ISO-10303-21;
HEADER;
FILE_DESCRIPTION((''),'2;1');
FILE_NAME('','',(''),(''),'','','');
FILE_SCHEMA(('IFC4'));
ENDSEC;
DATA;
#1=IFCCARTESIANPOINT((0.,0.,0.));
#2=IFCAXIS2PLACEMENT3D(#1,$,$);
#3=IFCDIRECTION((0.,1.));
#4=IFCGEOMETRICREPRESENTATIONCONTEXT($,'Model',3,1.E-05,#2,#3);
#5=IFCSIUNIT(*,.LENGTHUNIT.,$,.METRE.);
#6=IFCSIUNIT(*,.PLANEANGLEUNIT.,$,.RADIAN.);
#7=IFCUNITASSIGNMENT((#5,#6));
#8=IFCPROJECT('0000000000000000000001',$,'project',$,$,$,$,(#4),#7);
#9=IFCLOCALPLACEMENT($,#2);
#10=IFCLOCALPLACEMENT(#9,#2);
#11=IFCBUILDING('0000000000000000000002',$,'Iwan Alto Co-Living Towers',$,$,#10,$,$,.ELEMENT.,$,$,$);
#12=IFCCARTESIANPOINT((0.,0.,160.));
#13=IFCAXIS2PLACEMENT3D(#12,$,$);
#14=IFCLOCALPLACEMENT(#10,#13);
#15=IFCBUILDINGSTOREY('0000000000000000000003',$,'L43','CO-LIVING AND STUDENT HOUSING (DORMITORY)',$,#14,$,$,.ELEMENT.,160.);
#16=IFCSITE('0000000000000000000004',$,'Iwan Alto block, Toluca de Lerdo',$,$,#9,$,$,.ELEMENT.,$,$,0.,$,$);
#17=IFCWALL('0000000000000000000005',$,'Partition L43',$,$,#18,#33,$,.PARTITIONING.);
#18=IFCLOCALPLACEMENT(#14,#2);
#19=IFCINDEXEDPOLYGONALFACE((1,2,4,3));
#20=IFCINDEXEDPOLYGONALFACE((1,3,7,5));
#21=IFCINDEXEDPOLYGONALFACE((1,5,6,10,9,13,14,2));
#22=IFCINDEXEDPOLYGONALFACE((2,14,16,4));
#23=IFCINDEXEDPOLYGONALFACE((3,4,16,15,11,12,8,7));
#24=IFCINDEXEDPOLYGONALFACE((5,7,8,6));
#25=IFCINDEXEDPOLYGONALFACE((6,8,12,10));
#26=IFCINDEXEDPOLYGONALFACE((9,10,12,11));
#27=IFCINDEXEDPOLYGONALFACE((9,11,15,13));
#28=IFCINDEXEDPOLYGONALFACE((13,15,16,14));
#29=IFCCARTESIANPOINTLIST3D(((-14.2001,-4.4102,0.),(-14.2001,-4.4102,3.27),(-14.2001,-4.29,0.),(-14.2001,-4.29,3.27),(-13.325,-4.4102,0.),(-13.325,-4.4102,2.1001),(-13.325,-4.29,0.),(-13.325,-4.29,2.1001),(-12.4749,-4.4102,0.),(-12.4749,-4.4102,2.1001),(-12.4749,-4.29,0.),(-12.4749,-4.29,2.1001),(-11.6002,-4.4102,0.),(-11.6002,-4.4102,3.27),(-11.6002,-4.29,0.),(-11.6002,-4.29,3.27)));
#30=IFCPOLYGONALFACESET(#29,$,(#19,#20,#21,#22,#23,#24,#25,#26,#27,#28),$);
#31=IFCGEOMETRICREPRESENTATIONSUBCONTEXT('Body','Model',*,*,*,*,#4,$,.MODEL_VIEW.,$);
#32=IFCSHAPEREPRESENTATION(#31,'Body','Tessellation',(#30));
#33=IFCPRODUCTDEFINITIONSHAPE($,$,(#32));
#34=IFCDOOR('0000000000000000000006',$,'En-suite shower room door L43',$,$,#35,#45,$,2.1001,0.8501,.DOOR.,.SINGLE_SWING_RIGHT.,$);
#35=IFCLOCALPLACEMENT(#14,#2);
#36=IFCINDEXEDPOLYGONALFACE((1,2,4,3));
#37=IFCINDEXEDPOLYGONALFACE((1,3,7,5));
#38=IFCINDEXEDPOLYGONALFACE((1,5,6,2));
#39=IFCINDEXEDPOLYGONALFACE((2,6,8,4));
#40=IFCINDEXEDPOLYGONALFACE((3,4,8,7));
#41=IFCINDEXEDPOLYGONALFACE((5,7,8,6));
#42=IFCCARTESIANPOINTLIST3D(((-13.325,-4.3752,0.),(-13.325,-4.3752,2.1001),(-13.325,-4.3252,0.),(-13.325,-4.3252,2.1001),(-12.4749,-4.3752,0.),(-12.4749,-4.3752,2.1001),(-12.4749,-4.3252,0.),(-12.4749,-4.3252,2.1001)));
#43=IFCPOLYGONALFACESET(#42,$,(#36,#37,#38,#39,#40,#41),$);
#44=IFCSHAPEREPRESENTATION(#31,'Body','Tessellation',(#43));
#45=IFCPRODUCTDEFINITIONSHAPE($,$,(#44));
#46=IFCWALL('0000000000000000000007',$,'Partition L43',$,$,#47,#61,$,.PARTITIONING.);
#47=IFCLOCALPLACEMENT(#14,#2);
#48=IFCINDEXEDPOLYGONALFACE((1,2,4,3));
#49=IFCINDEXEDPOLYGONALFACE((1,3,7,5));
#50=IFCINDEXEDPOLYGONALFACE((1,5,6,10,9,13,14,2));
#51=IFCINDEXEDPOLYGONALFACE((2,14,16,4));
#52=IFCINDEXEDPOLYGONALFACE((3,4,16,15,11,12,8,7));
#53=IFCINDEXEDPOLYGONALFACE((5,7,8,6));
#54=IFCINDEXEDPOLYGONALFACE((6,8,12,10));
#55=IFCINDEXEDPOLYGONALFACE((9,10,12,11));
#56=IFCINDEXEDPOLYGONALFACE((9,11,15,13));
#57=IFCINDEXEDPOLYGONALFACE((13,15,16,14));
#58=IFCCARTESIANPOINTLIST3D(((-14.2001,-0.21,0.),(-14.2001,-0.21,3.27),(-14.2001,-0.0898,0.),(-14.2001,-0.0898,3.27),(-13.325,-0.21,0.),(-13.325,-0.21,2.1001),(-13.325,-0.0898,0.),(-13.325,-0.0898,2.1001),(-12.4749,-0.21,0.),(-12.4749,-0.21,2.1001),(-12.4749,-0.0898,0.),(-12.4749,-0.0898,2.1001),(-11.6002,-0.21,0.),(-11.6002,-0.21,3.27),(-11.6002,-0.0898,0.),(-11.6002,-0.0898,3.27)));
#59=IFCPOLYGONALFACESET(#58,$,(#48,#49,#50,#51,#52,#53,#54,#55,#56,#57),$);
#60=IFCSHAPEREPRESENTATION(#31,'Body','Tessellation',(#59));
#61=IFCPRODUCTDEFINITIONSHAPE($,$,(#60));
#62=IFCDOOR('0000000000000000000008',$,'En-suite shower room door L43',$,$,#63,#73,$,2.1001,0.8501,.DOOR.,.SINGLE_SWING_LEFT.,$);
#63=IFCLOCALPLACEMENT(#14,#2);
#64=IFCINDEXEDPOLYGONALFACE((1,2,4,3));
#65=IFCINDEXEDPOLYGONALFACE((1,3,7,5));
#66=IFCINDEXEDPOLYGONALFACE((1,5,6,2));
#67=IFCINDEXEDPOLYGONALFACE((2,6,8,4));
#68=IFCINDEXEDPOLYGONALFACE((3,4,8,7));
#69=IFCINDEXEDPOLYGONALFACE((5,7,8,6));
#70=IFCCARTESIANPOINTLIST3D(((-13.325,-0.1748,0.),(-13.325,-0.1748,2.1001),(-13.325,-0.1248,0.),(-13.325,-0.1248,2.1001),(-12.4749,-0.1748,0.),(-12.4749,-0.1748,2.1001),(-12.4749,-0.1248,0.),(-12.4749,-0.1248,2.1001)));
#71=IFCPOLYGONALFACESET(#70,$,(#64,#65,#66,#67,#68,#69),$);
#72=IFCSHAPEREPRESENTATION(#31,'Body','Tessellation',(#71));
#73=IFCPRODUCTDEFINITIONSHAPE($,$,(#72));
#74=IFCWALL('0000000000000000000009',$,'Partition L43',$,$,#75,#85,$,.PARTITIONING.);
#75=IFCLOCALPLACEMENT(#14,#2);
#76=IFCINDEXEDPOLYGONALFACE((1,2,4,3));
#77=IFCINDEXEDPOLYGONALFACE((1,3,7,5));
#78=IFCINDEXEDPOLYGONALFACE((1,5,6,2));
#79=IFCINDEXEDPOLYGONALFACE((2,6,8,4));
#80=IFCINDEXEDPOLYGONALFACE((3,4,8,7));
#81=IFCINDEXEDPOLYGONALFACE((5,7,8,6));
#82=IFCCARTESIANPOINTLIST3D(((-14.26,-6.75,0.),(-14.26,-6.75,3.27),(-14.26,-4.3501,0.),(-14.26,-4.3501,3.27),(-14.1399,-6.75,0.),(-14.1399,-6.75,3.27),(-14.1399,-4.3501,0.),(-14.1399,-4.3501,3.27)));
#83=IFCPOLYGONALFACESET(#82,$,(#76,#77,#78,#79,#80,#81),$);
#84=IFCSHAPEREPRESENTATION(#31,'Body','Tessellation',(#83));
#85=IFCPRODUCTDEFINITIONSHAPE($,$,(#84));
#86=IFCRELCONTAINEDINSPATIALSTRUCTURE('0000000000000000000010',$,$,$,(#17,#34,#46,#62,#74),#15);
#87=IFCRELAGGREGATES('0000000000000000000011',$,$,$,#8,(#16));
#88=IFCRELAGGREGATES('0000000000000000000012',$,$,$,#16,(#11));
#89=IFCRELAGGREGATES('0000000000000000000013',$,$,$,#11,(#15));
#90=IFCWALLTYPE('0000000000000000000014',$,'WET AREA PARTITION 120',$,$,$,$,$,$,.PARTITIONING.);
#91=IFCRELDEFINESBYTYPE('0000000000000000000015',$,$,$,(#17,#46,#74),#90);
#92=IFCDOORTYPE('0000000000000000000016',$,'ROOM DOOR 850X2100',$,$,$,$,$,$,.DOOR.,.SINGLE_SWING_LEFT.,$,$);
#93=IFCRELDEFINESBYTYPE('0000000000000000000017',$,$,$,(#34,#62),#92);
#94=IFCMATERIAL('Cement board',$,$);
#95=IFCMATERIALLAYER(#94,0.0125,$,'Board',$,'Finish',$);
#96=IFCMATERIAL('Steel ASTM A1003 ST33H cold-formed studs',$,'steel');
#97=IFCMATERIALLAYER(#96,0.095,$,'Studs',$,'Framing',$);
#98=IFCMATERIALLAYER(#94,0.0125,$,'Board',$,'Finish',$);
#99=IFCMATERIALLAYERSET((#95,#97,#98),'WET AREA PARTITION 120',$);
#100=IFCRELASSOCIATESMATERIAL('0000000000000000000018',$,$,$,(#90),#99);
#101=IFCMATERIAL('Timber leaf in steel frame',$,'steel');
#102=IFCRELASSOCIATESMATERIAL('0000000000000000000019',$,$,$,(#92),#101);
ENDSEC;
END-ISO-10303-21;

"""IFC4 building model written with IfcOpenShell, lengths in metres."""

from ifc_helpers import new_model, si_unit, direction, frame, frame_2d, origin, place, context, subcontext, project, spatial, rectangle, extrude, material, layer, layer_set, type_object, element, fill, save


model = new_model("IFC4")

# Units and contexts
model_context = context("Model", 3, precision=1e-05, world=origin(), true_north=direction((0.0, 1.0)))
body_context = subcontext(model_context, "Body", "Model", "MODEL_VIEW")
ifc_project = project(units=[si_unit("LENGTHUNIT", "METRE"), si_unit("PLANEANGLEUNIT", "RADIAN")], contexts=[model_context])

# Site, building, storey
site_placement = place(None, origin())
site = spatial("IfcSite", under=ifc_project, at=site_placement, Name="Iwan Alto block, Toluca de Lerdo", CompositionType="ELEMENT", RefElevation=0.0)
building_placement = place(site_placement, origin())
building = spatial("IfcBuilding", under=site, at=building_placement, Name="Iwan Alto Co-Living Towers", CompositionType="ELEMENT")
storey_placement = place(building_placement, frame((0.0, 0.0, 160.0)))
storey = spatial("IfcBuildingStorey", under=building, at=storey_placement, Name="L43", Description="CO-LIVING AND STUDENT HOUSING (DORMITORY)", CompositionType="ELEMENT", Elevation=160.0)

# Shared definitions
ifc_material_1 = material(Name="Steel ASTM A1003 ST33H cold-formed studs", Category="steel")

# Walls, openings, doors
ifc_material_2 = material(Name="Cement board")
ifc_layer_1 = layer(ifc_material_2, 0.0125, Name="Board", Category="Finish")
ifc_layer_2 = layer(ifc_material_1, 0.095, Name="Studs", Category="Framing")
ifc_layer_3 = layer(ifc_material_2, 0.0125, Name="Board", Category="Finish")
ifc_layer_set_1 = layer_set([ifc_layer_1, ifc_layer_2, ifc_layer_3], Name="WET AREA PARTITION 120")
wall_type_1 = type_object("IfcWallType", Name="WET AREA PARTITION 120", PredefinedType="PARTITIONING", material=ifc_layer_set_1)
wall_1_placement = place(storey_placement, frame((-14.2, -4.3501, 0.0), z_axis=(0.0, 0.0, 1.0), x_axis=(1.0, 0.0, 0.0)))
wall_1 = element("IfcWall", 1, at=wall_1_placement, inside=storey, type_object=wall_type_1, Name="Partition L43", PredefinedType="PARTITIONING", context=body_context, shape_type="SweptSolid", body=[
    extrude(rectangle(XDim=2.5999, YDim=0.1201, at=frame_2d((1.2998, 0.0))), origin(), (0.0, 0.0, 1.0), 3.27),
])
opening_1_placement = place(wall_1_placement, frame((0.875, 0.0, 0.0)))
opening_1 = element("IfcOpeningElement", 2, at=opening_1_placement, cuts=wall_1, PredefinedType="OPENING", context=body_context, shape_type="SweptSolid", body=[
    extrude(rectangle(XDim=0.8501, YDim=2.1001, at=frame_2d((0.425, 1.05))), frame((0.0, 0.0701, 0.0), z_axis=(0.0, -1.0, 0.0), x_axis=(1.0, 0.0, 0.0)), (0.0, 0.0, 1.0), 0.1401),
])
ifc_material_3 = material(Name="Timber leaf in steel frame", Category="steel")
door_type_1 = type_object("IfcDoorType", Name="ROOM DOOR 850X2100", OperationType="SINGLE_SWING_LEFT", PredefinedType="DOOR", material=ifc_material_3)
door_1_placement = place(opening_1_placement, origin())
door_1 = element("IfcDoor", 3, at=door_1_placement, inside=storey, type_object=door_type_1, Name="En-suite shower room door L43", OperationType="SINGLE_SWING_RIGHT", OverallHeight=2.1001, OverallWidth=0.8501, PredefinedType="DOOR", context=body_context, shape_type="SweptSolid", body=[
    extrude(rectangle(XDim=0.8501, YDim=2.1001, at=frame_2d((0.425, 1.05))), frame((0.0, 0.0249, 0.0), z_axis=(0.0, -1.0, 0.0), x_axis=(1.0, 0.0, 0.0)), (0.0, 0.0, 1.0), 0.05),
])
fill(opening_1, door_1)
wall_2_placement = place(storey_placement, frame((-14.2, -0.1499, 0.0), z_axis=(0.0, 0.0, 1.0), x_axis=(1.0, 0.0, 0.0)))
wall_2 = element("IfcWall", 4, at=wall_2_placement, inside=storey, type_object=wall_type_1, Name="Partition L43", PredefinedType="PARTITIONING", context=body_context, shape_type="SweptSolid", body=[
    extrude(rectangle(XDim=2.5999, YDim=0.1201, at=frame_2d((1.2998, 0.0))), origin(), (0.0, 0.0, 1.0), 3.27),
])
opening_2_placement = place(wall_2_placement, frame((0.875, 0.0, 0.0)))
opening_2 = element("IfcOpeningElement", 5, at=opening_2_placement, cuts=wall_2, PredefinedType="OPENING", context=body_context, shape_type="SweptSolid", body=[
    extrude(rectangle(XDim=0.8501, YDim=2.1001, at=frame_2d((0.425, 1.05))), frame((0.0, 0.0701, 0.0), z_axis=(0.0, -1.0, 0.0), x_axis=(1.0, 0.0, 0.0)), (0.0, 0.0, 1.0), 0.1401),
])
door_2_placement = place(opening_2_placement, frame((0.8501, 0.0, 0.0), z_axis=(0.0, 0.0, 1.0), x_axis=(-1.0, 0.0, 0.0)))
door_2 = element("IfcDoor", 6, at=door_2_placement, inside=storey, type_object=door_type_1, Name="En-suite shower room door L43", OperationType="SINGLE_SWING_LEFT", OverallHeight=2.1001, OverallWidth=0.8501, PredefinedType="DOOR", context=body_context, shape_type="SweptSolid", body=[
    extrude(rectangle(XDim=0.8501, YDim=2.1001, at=frame_2d((0.425, 1.05))), frame((0.0, 0.0249, 0.0), z_axis=(0.0, -1.0, 0.0), x_axis=(1.0, 0.0, 0.0)), (0.0, 0.0, 1.0), 0.05),
])
fill(opening_2, door_2)

# Wall
wall_3_placement = place(storey_placement, frame((-14.2, -6.75, 0.0), z_axis=(0.0, 0.0, 1.0), x_axis=(0.0, 1.0, 0.0)))
element("IfcWall", 7, at=wall_3_placement, inside=storey, type_object=wall_type_1, Name="Partition L43", PredefinedType="PARTITIONING", context=body_context, shape_type="SweptSolid", body=[
    extrude(rectangle(XDim=2.3999, YDim=0.1201, at=frame_2d((1.2, 0.0))), origin(), (0.0, 0.0, 1.0), 3.27),
])

save(model, "model.ifc")
